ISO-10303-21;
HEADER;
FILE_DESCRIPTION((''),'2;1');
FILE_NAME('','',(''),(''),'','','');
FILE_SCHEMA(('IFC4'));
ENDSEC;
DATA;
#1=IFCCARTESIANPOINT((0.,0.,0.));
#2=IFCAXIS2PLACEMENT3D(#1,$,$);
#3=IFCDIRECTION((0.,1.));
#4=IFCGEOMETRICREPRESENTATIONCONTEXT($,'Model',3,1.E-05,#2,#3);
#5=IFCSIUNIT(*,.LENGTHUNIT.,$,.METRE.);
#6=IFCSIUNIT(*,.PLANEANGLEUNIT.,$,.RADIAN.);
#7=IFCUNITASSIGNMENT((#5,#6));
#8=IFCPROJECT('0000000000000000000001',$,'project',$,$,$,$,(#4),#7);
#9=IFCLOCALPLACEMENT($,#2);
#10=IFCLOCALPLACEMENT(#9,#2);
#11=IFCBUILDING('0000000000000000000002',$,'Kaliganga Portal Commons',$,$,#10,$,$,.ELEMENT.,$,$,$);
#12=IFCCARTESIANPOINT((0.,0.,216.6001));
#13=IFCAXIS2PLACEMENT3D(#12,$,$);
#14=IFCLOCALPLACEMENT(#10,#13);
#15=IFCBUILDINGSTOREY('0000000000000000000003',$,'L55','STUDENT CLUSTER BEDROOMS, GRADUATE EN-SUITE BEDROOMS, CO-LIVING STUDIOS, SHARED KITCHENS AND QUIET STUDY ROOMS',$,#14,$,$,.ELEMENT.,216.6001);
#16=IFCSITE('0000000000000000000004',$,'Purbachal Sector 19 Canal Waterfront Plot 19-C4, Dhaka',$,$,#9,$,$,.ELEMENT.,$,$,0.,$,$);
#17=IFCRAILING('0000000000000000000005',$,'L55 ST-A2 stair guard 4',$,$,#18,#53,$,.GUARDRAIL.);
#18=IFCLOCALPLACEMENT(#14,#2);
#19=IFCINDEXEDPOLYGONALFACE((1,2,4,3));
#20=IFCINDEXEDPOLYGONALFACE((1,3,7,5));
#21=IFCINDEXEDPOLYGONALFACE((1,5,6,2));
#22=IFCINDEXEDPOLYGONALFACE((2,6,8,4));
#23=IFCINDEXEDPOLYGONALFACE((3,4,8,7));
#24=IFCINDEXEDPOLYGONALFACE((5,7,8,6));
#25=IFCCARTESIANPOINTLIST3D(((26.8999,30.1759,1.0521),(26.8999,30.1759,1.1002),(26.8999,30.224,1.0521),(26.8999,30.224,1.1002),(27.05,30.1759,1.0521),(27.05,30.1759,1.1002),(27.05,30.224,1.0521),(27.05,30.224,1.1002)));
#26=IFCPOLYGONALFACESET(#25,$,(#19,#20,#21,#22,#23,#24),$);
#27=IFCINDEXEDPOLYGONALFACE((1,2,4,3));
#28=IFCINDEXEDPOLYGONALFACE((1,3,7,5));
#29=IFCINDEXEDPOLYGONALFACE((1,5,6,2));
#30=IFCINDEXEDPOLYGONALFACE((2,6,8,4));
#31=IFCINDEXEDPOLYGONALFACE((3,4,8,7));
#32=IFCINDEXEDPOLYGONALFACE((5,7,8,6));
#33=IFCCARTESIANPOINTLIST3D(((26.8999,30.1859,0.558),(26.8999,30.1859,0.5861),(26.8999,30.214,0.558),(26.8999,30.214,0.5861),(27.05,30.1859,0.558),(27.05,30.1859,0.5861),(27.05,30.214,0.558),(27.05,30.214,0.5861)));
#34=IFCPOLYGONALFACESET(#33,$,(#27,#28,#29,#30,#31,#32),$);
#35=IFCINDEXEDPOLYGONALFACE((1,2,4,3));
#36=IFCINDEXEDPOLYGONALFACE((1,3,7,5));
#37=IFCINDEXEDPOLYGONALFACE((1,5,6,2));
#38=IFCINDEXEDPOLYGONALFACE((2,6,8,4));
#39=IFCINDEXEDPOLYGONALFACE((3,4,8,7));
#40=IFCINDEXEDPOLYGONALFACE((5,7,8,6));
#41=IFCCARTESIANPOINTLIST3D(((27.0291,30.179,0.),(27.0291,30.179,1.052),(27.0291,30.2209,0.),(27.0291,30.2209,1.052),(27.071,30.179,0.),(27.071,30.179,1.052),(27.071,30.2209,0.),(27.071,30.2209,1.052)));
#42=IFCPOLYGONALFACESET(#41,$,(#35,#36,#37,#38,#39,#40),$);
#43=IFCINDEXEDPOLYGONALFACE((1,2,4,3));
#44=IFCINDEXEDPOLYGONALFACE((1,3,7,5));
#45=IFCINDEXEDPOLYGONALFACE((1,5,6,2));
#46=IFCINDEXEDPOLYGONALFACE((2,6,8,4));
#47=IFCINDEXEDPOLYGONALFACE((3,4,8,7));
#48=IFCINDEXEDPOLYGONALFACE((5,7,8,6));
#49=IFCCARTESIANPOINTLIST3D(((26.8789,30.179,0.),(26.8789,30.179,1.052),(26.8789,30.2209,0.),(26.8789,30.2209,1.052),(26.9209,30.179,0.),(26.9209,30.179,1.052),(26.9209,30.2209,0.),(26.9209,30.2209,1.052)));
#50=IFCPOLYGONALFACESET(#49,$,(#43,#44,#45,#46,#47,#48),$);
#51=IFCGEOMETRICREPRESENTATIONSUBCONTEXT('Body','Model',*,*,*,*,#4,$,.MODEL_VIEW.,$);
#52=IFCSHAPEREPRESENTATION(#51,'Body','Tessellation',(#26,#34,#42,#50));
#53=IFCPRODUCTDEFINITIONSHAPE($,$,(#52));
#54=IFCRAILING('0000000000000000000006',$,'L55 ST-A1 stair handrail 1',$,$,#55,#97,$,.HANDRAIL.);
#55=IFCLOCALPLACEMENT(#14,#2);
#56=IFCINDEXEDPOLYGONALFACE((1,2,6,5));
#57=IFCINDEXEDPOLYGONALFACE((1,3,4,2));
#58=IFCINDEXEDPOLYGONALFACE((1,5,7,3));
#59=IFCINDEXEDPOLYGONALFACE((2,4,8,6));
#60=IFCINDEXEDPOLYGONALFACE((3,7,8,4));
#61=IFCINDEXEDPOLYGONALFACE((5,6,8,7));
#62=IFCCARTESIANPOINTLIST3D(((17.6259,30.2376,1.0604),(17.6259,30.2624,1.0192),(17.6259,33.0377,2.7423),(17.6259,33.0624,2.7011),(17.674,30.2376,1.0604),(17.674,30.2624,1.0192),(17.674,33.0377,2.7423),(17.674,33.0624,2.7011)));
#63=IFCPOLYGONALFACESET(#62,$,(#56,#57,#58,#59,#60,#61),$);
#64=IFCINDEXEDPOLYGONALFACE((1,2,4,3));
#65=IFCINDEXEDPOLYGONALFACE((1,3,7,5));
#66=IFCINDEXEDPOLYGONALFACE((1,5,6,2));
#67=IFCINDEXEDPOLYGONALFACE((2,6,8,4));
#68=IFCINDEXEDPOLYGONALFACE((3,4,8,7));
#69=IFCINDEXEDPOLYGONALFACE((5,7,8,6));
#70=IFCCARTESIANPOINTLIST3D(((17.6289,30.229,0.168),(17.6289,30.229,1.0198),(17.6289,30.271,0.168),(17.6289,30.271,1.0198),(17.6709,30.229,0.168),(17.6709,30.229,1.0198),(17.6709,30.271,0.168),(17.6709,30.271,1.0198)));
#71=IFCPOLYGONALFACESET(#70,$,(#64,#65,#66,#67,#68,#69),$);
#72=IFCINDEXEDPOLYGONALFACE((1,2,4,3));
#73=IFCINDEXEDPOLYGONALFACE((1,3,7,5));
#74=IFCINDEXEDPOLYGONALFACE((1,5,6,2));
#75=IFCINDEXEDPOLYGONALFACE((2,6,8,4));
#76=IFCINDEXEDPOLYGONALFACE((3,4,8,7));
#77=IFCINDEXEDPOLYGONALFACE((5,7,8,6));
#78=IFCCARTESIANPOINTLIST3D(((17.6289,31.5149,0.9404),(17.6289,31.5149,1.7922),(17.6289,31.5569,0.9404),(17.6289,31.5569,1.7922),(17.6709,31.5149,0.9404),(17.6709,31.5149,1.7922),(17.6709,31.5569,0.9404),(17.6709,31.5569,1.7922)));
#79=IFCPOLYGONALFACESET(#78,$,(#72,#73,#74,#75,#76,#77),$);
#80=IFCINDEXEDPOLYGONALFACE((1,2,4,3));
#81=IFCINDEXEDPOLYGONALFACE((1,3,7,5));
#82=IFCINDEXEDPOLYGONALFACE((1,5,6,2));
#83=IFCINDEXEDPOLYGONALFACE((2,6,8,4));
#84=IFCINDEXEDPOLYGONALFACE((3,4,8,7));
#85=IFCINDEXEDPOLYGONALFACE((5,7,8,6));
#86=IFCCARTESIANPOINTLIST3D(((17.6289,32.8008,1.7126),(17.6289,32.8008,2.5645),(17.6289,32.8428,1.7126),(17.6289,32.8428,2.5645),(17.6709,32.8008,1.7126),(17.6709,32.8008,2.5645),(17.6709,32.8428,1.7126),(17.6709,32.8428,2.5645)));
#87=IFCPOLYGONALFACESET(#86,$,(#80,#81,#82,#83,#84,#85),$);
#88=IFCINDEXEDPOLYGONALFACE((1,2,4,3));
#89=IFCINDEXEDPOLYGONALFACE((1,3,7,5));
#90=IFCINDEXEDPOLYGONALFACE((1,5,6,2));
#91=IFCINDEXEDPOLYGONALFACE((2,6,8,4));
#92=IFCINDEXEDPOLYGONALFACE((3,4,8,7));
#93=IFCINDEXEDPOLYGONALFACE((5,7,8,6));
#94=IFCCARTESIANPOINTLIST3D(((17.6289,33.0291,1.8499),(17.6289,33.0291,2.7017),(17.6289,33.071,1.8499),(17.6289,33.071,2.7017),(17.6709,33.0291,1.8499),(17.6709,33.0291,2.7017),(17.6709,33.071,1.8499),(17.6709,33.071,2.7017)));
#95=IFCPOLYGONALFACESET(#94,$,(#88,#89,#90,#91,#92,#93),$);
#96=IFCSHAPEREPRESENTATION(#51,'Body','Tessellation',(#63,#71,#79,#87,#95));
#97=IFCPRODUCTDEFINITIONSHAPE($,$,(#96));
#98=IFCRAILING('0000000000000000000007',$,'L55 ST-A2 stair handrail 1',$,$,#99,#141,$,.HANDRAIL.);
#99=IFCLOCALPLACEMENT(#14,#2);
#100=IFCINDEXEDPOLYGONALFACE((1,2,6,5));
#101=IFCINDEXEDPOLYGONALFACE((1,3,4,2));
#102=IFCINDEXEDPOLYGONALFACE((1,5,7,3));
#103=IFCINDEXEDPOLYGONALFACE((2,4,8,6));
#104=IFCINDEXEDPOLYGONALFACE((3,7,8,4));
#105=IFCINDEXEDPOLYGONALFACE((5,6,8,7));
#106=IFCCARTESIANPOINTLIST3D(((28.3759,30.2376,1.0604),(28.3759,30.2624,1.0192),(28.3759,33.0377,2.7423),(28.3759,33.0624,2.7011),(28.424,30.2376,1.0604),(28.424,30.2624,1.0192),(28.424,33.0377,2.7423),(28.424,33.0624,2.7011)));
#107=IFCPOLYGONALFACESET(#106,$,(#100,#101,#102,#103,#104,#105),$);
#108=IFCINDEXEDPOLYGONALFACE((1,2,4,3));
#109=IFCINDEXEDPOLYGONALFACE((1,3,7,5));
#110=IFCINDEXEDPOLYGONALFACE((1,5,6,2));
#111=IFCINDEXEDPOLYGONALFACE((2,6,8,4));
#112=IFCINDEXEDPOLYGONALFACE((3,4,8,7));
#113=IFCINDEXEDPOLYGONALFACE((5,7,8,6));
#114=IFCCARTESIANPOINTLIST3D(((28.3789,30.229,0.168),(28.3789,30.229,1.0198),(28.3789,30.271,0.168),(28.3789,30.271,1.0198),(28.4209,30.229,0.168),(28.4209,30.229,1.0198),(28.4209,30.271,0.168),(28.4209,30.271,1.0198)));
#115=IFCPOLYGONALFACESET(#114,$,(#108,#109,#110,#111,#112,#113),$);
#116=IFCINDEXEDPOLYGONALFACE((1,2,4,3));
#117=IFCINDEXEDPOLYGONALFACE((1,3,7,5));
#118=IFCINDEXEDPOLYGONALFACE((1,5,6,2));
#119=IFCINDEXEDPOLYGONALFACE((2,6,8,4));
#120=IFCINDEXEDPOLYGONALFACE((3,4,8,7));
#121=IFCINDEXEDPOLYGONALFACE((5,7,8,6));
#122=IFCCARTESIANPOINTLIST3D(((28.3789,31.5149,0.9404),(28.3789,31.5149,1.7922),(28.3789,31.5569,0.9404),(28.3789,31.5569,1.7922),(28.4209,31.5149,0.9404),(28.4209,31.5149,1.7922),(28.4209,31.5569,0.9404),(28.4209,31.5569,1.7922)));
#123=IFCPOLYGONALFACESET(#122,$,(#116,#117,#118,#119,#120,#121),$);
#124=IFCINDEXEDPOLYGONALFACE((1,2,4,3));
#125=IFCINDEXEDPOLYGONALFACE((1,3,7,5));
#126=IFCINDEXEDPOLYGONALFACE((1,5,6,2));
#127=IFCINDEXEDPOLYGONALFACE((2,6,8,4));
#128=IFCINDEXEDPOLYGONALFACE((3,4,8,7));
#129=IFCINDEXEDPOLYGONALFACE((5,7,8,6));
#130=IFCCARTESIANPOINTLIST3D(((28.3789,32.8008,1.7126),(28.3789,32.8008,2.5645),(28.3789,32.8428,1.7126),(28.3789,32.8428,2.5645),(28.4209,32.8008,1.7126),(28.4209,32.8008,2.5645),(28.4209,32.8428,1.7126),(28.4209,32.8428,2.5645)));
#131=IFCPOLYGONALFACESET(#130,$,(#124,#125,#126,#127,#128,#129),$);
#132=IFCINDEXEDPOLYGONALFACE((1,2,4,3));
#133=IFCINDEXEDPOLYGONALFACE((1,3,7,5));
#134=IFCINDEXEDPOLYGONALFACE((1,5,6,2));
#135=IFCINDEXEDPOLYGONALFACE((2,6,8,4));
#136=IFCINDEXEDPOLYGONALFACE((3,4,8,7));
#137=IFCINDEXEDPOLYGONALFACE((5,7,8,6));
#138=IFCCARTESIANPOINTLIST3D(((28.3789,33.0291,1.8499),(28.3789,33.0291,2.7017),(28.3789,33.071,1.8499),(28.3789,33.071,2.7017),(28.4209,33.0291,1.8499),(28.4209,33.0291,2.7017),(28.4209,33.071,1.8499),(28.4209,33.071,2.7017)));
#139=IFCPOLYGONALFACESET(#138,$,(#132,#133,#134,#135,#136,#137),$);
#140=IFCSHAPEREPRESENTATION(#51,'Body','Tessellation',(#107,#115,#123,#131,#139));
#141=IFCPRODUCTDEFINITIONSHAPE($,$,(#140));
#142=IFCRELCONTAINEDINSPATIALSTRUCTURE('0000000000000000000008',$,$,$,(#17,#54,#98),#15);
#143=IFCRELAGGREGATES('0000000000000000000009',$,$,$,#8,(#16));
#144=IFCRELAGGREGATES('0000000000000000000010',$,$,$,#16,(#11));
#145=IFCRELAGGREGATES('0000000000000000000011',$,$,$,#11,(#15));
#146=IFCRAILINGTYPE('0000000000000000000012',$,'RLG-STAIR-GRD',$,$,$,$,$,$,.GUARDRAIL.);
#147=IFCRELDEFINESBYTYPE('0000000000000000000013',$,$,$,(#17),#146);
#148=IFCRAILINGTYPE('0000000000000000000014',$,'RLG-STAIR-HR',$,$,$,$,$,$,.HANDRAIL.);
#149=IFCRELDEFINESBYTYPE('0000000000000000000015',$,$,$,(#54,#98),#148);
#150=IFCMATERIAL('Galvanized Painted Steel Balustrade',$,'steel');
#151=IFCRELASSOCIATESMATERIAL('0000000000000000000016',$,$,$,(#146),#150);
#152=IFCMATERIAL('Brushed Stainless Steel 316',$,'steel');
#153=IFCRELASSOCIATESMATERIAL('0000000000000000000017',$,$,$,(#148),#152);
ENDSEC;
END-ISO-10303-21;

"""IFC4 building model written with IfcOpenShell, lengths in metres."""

from ifc_helpers import new_model, si_unit, direction, frame, origin, origin_2d, place, context, subcontext, project, spatial, rectangle, extrude, material, type_object, element, save


model = new_model("IFC4")

# Units and contexts
model_context = context("Model", 3, precision=1e-05, world=origin(), true_north=direction((0.0, 1.0)))
body_context = subcontext(model_context, "Body", "Model", "MODEL_VIEW")
ifc_project = project(units=[si_unit("LENGTHUNIT", "METRE"), si_unit("PLANEANGLEUNIT", "RADIAN")], contexts=[model_context])

# Site, building, storey
site_placement = place(None, origin())
site = spatial("IfcSite", under=ifc_project, at=site_placement, Name="Purbachal Sector 19 Canal Waterfront Plot 19-C4, Dhaka", CompositionType="ELEMENT", RefElevation=0.0)
building_placement = place(site_placement, origin())
building = spatial("IfcBuilding", under=site, at=building_placement, Name="Kaliganga Portal Commons", CompositionType="ELEMENT")
storey_placement = place(building_placement, frame((0.0, 0.0, 216.6001)))
storey = spatial("IfcBuildingStorey", under=building, at=storey_placement, Name="L55", Description="STUDENT CLUSTER BEDROOMS, GRADUATE EN-SUITE BEDROOMS, CO-LIVING STUDIOS, SHARED KITCHENS AND QUIET STUDY ROOMS", CompositionType="ELEMENT", Elevation=216.6001)

# Railings
ifc_material_1 = material(Name="Galvanized Painted Steel Balustrade", Category="steel")
railing_type_1 = type_object("IfcRailingType", Name="RLG-STAIR-GRD", PredefinedType="GUARDRAIL", material=ifc_material_1)
railing_1_placement = place(storey_placement, frame((27.05, 30.2, 0.0)))
element("IfcRailing", 1, at=railing_1_placement, inside=storey, type_object=railing_type_1, Name="L55 ST-A2 stair guard 4", PredefinedType="GUARDRAIL", context=body_context, shape_type="SweptSolid", body=[
    extrude(rectangle(XDim=0.0481, YDim=0.0481, at=origin_2d()), frame((0.0, 0.0, 1.0762), z_axis=(-1.0, 0.0, 0.0), x_axis=(0.0, -1.0, 0.0)), (0.0, 0.0, 1.0), 0.1501),
    extrude(rectangle(XDim=0.0281, YDim=0.0281, at=origin_2d()), frame((0.0, 0.0, 0.572), z_axis=(-1.0, 0.0, 0.0), x_axis=(0.0, -1.0, 0.0)), (0.0, 0.0, 1.0), 0.1501),
    extrude(rectangle(XDim=0.042, YDim=0.042, at=origin_2d()), origin(), (0.0, 0.0, 1.0), 1.052),
    extrude(rectangle(XDim=0.042, YDim=0.042, at=origin_2d()), frame((-0.1501, 0.0, 0.0)), (0.0, 0.0, 1.0), 1.052),
])
ifc_material_2 = material(Name="Brushed Stainless Steel 316", Category="steel")
railing_type_2 = type_object("IfcRailingType", Name="RLG-STAIR-HR", PredefinedType="HANDRAIL", material=ifc_material_2)
for number, where, name in (
    (2, (17.6499, 30.25, 0.168), "L55 ST-A1 stair handrail 1"),
    (3, (28.3999, 30.25, 0.168), "L55 ST-A2 stair handrail 1"),
):
    element("IfcRailing", number, at=place(storey_placement, frame(where)), inside=storey, type_object=railing_type_2, Name=name, PredefinedType="HANDRAIL", context=body_context, shape_type="SweptSolid", body=[
        extrude(rectangle(XDim=0.0481, YDim=0.0481, at=origin_2d()), frame((0.0, 0.0, 0.8718), z_axis=(0.0, 0.857242, 0.514913), x_axis=(-1.0, 0.0, 0.0)), (0.0, 0.0, 1.0), 3.2664),
        extrude(rectangle(XDim=0.042, YDim=0.042, at=origin_2d()), origin(), (0.0, 0.0, 1.0), 0.8518),
        extrude(rectangle(XDim=0.042, YDim=0.042, at=origin_2d()), frame((0.0, 1.2859, 0.7725)), (0.0, 0.0, 1.0), 0.8518),
        extrude(rectangle(XDim=0.042, YDim=0.042, at=origin_2d()), frame((0.0, 2.5718, 1.5447)), (0.0, 0.0, 1.0), 0.8518),
        extrude(rectangle(XDim=0.042, YDim=0.042, at=origin_2d()), frame((0.0, 2.8, 1.6819)), (0.0, 0.0, 1.0), 0.8518),
    ])

save(model, "model.ifc")
